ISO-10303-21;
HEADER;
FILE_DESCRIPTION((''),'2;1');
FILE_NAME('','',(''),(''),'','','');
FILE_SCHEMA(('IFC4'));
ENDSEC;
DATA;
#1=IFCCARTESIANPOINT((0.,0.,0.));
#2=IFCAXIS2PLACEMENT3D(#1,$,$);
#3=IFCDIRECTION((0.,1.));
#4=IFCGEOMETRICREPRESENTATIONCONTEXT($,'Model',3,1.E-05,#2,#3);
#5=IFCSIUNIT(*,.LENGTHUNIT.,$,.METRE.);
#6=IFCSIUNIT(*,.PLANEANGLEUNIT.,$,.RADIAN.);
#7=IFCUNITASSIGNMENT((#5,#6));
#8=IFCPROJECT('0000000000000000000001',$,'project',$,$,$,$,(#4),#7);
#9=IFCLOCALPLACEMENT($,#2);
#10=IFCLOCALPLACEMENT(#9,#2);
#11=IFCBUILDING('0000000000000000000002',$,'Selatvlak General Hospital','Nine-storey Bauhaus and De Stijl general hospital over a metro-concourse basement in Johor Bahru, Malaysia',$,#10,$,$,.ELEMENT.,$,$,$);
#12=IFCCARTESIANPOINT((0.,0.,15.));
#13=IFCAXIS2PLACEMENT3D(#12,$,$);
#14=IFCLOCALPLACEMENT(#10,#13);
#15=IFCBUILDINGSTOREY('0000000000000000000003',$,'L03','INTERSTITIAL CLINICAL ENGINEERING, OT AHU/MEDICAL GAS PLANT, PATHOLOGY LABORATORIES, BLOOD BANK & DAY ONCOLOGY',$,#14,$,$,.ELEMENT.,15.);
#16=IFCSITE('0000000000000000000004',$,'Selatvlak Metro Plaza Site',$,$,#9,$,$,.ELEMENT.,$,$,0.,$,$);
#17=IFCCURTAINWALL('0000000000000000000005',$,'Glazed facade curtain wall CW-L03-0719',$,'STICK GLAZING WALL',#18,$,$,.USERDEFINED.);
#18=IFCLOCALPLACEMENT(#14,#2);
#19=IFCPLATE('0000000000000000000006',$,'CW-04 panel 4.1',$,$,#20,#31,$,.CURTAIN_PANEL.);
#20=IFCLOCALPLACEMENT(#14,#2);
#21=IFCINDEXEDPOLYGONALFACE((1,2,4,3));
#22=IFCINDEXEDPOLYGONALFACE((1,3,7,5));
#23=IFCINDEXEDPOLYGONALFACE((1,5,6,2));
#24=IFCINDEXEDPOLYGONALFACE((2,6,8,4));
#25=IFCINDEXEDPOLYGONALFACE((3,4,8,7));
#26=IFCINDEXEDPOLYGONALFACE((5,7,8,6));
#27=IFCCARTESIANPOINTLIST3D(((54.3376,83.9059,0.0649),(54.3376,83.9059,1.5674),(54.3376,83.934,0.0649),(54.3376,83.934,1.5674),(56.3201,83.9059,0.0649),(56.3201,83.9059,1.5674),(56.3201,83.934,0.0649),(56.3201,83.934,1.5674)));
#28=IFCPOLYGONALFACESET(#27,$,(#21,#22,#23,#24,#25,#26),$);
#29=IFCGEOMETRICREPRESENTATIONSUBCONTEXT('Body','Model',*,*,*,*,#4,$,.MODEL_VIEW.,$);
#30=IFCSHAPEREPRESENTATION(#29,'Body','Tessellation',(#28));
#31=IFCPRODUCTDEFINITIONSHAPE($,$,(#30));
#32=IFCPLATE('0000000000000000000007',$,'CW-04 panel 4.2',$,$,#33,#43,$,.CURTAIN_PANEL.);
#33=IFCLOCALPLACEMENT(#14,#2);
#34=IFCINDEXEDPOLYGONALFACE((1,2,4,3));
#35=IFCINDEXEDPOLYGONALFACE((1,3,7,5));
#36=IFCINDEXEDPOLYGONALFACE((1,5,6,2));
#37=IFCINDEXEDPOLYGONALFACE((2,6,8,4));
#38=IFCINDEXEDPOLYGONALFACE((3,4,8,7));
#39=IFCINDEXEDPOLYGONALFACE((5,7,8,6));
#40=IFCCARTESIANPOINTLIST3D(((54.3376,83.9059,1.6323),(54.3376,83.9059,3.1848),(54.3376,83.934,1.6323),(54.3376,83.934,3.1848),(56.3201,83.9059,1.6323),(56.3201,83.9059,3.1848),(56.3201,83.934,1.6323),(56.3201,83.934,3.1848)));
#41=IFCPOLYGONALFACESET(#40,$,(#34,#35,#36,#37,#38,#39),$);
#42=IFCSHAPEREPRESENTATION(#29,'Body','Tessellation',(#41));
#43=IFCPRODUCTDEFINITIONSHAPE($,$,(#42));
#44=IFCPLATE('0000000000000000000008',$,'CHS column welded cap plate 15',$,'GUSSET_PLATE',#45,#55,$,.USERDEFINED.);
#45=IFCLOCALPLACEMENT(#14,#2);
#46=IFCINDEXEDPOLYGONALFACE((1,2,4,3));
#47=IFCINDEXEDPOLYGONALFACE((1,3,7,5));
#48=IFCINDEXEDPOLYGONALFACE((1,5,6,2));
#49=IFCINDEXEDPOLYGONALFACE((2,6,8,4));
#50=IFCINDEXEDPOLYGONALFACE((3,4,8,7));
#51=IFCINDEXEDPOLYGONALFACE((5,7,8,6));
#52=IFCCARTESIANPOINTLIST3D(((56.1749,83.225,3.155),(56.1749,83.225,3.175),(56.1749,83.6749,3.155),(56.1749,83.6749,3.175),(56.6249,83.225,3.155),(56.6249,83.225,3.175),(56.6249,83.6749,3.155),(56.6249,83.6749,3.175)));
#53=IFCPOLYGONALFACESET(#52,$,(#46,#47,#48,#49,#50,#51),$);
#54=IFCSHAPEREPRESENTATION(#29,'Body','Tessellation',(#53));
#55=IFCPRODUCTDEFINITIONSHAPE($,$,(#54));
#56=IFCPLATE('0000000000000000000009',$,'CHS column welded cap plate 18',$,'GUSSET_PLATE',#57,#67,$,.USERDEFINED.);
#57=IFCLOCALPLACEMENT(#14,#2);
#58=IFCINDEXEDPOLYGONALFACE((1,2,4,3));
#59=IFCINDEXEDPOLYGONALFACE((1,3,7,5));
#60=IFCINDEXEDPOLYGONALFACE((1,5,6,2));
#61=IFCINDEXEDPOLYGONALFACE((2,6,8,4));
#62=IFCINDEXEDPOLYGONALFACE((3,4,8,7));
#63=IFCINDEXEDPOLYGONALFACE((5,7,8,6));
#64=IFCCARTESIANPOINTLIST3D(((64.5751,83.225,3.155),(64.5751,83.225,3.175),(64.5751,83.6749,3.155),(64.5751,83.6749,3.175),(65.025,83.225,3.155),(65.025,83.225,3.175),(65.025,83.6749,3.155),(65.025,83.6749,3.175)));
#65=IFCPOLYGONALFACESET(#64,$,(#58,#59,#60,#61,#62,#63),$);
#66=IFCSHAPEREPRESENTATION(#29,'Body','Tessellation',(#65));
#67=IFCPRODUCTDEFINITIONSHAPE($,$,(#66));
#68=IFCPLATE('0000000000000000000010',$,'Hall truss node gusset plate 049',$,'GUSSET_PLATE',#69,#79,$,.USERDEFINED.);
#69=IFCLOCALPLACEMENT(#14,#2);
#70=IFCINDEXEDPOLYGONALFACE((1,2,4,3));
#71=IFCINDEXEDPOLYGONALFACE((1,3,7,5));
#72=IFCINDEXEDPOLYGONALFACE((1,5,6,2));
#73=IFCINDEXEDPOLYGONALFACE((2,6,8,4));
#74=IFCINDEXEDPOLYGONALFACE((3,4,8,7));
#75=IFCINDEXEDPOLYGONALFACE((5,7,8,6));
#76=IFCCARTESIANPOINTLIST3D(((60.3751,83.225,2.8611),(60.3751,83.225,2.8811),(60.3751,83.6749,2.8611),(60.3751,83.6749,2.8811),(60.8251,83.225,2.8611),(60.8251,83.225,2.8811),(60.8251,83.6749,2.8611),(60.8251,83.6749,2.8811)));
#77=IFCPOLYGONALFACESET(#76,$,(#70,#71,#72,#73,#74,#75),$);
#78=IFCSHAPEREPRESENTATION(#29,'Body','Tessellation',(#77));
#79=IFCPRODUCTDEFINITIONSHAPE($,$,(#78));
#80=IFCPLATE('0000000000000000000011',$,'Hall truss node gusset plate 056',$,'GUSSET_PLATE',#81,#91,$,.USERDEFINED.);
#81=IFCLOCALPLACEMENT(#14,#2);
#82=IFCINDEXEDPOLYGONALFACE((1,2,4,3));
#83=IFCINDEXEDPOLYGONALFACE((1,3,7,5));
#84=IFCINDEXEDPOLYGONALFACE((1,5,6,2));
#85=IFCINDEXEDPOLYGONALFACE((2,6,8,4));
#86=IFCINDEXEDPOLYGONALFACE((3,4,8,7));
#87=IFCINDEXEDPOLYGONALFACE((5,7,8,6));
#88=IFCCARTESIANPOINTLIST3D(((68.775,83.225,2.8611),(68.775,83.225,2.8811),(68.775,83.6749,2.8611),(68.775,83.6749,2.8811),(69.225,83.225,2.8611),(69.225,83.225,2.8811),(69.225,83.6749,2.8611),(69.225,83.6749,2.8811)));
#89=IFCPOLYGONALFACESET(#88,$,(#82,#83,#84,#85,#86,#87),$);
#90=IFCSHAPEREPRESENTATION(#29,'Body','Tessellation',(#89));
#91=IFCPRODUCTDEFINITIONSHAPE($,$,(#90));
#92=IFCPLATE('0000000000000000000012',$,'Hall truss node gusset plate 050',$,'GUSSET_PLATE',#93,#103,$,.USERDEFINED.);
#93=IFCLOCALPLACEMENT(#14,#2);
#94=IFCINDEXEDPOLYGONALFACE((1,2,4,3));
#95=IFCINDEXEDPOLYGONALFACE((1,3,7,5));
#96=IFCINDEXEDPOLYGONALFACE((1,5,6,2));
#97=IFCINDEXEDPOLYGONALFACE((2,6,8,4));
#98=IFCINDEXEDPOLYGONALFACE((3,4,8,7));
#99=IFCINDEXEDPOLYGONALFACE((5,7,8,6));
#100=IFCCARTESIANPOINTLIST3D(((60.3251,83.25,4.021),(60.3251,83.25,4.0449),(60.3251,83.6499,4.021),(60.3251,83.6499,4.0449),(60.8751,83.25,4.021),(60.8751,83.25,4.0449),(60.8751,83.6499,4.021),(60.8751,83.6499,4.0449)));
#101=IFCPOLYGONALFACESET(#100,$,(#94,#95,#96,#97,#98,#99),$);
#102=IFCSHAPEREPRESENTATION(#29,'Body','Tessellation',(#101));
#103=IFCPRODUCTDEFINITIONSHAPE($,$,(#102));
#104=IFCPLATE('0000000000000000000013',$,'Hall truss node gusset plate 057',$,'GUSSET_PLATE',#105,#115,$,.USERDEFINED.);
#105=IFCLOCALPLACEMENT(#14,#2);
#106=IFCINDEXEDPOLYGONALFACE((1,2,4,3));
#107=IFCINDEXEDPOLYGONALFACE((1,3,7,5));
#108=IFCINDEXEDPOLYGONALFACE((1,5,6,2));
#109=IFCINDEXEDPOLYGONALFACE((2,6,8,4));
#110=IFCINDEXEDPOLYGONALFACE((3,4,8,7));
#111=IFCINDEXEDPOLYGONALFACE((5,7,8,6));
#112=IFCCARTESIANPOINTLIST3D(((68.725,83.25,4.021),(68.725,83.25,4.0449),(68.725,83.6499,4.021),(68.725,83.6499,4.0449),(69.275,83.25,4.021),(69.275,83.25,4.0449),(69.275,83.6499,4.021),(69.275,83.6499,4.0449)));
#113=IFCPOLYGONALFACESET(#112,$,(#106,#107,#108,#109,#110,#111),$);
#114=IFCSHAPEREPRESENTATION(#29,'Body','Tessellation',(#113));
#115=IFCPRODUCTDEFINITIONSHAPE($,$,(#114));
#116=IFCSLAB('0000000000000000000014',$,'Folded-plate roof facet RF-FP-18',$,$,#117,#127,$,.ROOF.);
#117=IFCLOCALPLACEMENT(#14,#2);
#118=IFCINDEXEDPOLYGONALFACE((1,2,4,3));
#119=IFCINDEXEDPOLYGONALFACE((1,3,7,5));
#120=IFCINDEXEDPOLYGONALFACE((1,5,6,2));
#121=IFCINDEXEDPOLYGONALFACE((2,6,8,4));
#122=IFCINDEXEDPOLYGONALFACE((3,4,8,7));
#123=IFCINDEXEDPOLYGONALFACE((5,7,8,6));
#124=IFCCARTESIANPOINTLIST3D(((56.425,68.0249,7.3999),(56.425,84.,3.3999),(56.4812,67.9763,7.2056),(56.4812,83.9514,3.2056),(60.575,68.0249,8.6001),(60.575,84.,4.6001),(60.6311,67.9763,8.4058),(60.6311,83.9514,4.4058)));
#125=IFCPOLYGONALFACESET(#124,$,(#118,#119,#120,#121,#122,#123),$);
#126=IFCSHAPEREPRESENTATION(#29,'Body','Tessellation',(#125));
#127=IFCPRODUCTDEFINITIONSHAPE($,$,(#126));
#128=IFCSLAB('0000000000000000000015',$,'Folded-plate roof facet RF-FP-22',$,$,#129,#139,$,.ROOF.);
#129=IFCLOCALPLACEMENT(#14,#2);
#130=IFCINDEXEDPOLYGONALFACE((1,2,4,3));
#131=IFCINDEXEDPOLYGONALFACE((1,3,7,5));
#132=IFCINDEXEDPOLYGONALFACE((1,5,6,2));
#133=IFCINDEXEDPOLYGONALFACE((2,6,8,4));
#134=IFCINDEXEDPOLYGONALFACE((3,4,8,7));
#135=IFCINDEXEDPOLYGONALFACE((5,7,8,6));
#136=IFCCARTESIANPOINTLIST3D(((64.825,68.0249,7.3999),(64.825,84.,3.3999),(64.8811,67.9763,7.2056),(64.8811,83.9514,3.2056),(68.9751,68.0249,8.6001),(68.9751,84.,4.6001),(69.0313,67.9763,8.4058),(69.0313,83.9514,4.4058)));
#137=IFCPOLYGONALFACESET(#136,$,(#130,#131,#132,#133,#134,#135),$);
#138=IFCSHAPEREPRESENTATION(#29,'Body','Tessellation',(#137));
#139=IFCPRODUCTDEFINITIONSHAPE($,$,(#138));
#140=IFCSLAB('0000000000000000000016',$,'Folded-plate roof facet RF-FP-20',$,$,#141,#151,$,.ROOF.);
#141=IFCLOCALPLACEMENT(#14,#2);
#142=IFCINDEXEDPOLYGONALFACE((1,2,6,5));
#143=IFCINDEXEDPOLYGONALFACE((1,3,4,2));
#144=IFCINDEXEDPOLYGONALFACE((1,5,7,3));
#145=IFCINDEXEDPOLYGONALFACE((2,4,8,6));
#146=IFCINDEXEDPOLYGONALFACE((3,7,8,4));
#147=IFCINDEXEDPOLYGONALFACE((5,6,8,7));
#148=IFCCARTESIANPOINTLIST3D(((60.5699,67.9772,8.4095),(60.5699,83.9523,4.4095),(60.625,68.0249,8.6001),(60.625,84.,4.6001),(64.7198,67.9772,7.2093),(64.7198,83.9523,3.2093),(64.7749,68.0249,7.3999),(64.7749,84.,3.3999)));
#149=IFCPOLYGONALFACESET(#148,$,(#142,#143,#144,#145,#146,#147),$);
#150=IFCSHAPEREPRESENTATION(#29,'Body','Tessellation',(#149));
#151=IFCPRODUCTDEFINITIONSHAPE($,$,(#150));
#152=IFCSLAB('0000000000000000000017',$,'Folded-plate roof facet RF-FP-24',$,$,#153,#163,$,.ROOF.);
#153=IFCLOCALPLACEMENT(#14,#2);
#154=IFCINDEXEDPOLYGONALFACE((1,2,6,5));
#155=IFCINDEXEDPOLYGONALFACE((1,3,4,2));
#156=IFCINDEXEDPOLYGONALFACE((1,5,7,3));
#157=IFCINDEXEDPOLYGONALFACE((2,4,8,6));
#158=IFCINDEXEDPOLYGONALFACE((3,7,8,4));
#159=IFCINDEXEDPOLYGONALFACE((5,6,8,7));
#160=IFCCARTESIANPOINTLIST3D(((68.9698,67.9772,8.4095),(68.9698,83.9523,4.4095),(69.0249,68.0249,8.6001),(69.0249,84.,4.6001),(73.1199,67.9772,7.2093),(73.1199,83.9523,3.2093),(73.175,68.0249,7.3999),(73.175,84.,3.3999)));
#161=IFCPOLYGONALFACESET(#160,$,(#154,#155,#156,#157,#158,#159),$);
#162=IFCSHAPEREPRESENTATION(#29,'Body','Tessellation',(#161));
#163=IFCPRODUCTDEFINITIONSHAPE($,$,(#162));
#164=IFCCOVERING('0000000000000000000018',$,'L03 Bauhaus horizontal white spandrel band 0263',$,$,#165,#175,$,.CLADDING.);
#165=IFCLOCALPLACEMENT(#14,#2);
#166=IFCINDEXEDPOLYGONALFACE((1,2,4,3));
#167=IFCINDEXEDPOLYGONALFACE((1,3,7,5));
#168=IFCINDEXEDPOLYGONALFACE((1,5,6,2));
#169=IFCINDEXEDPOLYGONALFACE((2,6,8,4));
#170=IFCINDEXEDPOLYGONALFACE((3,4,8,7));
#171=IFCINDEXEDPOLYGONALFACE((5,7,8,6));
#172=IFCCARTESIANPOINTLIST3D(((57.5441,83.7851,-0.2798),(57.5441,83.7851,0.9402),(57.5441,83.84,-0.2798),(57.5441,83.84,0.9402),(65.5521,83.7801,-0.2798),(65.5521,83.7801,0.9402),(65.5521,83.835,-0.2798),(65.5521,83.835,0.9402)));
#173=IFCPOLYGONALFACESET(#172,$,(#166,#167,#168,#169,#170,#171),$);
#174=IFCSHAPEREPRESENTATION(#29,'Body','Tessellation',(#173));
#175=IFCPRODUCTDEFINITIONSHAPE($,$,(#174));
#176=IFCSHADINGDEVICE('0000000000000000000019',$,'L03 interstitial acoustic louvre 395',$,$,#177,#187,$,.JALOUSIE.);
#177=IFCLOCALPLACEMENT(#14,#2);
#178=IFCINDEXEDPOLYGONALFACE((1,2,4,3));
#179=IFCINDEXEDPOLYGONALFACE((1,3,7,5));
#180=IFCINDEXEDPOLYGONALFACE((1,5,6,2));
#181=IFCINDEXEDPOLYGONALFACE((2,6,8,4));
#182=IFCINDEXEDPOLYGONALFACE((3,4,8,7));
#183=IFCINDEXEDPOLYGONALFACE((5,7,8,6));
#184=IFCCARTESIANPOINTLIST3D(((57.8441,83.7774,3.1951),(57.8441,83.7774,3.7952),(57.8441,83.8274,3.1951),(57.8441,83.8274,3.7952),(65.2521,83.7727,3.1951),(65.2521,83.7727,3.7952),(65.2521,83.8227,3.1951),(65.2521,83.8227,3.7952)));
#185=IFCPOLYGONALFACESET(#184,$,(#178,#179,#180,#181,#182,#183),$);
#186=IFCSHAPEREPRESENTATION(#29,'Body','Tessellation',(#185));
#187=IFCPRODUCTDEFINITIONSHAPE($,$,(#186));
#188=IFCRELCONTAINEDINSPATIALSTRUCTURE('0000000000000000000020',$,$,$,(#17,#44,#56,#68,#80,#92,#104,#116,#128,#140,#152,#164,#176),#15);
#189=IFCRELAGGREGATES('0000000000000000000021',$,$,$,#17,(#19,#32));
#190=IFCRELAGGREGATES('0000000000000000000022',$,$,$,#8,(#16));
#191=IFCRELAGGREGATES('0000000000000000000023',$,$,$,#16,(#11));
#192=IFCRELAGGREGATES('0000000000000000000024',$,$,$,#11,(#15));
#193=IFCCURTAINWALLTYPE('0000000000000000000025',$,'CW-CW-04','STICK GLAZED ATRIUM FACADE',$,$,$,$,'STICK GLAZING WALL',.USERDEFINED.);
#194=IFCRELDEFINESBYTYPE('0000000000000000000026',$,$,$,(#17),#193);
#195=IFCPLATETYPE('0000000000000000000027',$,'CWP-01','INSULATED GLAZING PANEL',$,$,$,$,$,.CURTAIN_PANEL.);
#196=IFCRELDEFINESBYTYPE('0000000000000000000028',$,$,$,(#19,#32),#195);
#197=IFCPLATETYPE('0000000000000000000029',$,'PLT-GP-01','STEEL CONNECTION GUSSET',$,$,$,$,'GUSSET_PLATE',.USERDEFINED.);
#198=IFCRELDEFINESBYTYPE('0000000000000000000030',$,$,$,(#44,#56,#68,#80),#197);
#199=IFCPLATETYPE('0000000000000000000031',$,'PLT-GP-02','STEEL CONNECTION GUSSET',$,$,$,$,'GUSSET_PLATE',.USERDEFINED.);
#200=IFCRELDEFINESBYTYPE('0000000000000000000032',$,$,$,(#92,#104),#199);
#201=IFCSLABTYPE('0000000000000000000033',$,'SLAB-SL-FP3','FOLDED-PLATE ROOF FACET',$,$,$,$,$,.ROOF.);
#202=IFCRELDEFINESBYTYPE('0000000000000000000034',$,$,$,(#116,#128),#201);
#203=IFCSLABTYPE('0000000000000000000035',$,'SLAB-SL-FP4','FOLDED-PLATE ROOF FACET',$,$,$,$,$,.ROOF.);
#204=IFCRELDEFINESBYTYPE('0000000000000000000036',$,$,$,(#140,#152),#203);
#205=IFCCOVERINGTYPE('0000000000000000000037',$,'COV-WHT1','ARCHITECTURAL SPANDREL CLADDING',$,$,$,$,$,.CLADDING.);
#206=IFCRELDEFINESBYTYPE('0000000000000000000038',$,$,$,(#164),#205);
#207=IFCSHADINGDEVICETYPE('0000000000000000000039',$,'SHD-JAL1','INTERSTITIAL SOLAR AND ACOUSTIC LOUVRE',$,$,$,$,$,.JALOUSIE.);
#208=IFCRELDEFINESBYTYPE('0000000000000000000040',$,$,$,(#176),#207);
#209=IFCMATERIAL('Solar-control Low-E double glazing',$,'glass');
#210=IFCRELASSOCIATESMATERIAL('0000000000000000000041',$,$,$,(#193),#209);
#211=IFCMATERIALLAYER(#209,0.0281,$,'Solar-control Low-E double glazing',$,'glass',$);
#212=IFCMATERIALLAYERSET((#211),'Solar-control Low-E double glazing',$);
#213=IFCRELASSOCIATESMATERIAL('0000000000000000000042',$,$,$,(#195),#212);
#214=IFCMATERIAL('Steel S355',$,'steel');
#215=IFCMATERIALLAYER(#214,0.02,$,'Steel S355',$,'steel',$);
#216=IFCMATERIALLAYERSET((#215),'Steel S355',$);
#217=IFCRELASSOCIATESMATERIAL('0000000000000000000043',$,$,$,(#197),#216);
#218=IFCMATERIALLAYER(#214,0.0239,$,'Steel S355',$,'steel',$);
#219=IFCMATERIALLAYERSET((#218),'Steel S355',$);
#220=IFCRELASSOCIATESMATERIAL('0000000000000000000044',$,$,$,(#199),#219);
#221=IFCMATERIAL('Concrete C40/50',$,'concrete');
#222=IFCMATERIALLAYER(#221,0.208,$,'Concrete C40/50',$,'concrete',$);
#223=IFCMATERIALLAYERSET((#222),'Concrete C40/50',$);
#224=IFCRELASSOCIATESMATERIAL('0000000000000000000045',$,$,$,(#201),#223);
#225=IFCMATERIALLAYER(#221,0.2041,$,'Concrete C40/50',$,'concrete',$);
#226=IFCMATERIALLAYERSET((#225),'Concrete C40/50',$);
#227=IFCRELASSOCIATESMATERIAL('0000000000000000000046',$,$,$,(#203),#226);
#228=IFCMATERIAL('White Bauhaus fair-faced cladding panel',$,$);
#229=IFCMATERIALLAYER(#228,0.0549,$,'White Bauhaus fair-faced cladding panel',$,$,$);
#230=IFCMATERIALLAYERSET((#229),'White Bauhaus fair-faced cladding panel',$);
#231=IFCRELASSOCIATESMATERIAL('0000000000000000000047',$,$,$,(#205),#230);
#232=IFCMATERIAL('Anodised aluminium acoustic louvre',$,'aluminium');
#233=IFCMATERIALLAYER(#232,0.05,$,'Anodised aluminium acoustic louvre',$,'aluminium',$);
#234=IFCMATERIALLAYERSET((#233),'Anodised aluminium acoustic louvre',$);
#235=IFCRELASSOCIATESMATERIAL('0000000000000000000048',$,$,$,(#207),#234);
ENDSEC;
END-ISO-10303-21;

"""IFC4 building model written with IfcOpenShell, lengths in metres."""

from ifc_helpers import new_model, si_unit, direction, frame, origin, origin_2d, place, context, subcontext, project, spatial, polyline, rectangle, outline, extrude, material, layer, layer_set, type_object, element, aggregate, save


model = new_model("IFC4")

# Units and contexts
model_context = context("Model", 3, precision=1e-05, world=origin(), true_north=direction((0.0, 1.0)))
body_context = subcontext(model_context, "Body", "Model", "MODEL_VIEW")
ifc_project = project(units=[si_unit("LENGTHUNIT", "METRE"), si_unit("PLANEANGLEUNIT", "RADIAN")], contexts=[model_context])

# Site, building, storey
site_placement = place(None, origin())
site = spatial("IfcSite", under=ifc_project, at=site_placement, Name="Selatvlak Metro Plaza Site", CompositionType="ELEMENT", RefElevation=0.0)
building_placement = place(site_placement, origin())
building = spatial("IfcBuilding", under=site, at=building_placement, Name="Selatvlak General Hospital", Description="Nine-storey Bauhaus and De Stijl general hospital over a metro-concourse basement in Johor Bahru, Malaysia", CompositionType="ELEMENT")
storey_placement = place(building_placement, frame((0.0, 0.0, 15.0)))
storey = spatial("IfcBuildingStorey", under=building, at=storey_placement, Name="L03", Description="INTERSTITIAL CLINICAL ENGINEERING, OT AHU/MEDICAL GAS PLANT, PATHOLOGY LABORATORIES, BLOOD BANK & DAY ONCOLOGY", CompositionType="ELEMENT", Elevation=15.0)

# Shared definitions
ifc_material_1 = material(Name="Steel S355", Category="steel")

# Curtain wall
ifc_material_2 = material(Name="Solar-control Low-E double glazing", Category="glass")
curtain_wall_type = type_object("IfcCurtainWallType", Name="CW-CW-04", Description="STICK GLAZED ATRIUM FACADE", ElementType="STICK GLAZING WALL", PredefinedType="USERDEFINED", material=ifc_material_2)
curtain_wall_1_placement = place(storey_placement, origin())
curtain_wall_1 = element("IfcCurtainWall", 1, at=curtain_wall_1_placement, inside=storey, type_object=curtain_wall_type, Name="Glazed facade curtain wall CW-L03-0719", ObjectType="STICK GLAZING WALL", PredefinedType="USERDEFINED")

# Plates
ifc_layer_1 = layer(ifc_material_2, 0.0281, Name="Solar-control Low-E double glazing", Category="glass")
ifc_layer_set_1 = layer_set([ifc_layer_1], Name="Solar-control Low-E double glazing")
plate_type_1 = type_object("IfcPlateType", Name="CWP-01", Description="INSULATED GLAZING PANEL", PredefinedType="CURTAIN_PANEL", material=ifc_layer_set_1)
plate_1_placement = place(storey_placement, frame((55.3289, 83.9199, 0.0649), z_axis=(0.0, 0.0, 1.0), x_axis=(1.0, 0.0, 0.0)))
plate_1 = element("IfcPlate", 2, at=plate_1_placement, type_object=plate_type_1, Name="CW-04 panel 4.1", PredefinedType="CURTAIN_PANEL", context=body_context, shape_type="SweptSolid", body=[
    extrude(rectangle(XDim=1.9824, YDim=0.0281, at=origin_2d()), origin(), (0.0, 0.0, 1.0), 1.5024),
])
plate_2_placement = place(storey_placement, frame((55.3289, 83.9199, 1.6323), z_axis=(0.0, 0.0, 1.0), x_axis=(1.0, 0.0, 0.0)))
plate_2 = element("IfcPlate", 3, at=plate_2_placement, type_object=plate_type_1, Name="CW-04 panel 4.2", PredefinedType="CURTAIN_PANEL", context=body_context, shape_type="SweptSolid", body=[
    extrude(rectangle(XDim=1.9824, YDim=0.0281, at=origin_2d()), origin(), (0.0, 0.0, 1.0), 1.5525),
])
aggregate(curtain_wall_1, [plate_1, plate_2])

# Plates
ifc_layer_2 = layer(ifc_material_1, 0.02, Name="Steel S355", Category="steel")
ifc_layer_set_2 = layer_set([ifc_layer_2], Name="Steel S355")
plate_type_2 = type_object("IfcPlateType", Name="PLT-GP-01", Description="STEEL CONNECTION GUSSET", ElementType="GUSSET_PLATE", PredefinedType="USERDEFINED", material=ifc_layer_set_2)
for number, where, z_axis, x_axis, name in (
    (4, (56.3999, 83.45, 3.155), (0.0, 0.0, 1.0), (1.0, 0.0, 0.0), "CHS column welded cap plate 15"),
    (5, (64.8, 83.45, 3.155), (0.0, 0.0, 1.0), (1.0, 0.0, 0.0), "CHS column welded cap plate 18"),
    (6, (60.6001, 83.45, 2.8611), (0.0, 0.0, 1.0), (1.0, 0.0, 0.0), "Hall truss node gusset plate 049"),
    (7, (69.0, 83.45, 2.8611), (0.0, 0.0, 1.0), (1.0, 0.0, 0.0), "Hall truss node gusset plate 056"),
):
    element("IfcPlate", number, at=place(storey_placement, frame(where, z_axis=z_axis, x_axis=x_axis)), inside=storey, type_object=plate_type_2, Name=name, ObjectType="GUSSET_PLATE", PredefinedType="USERDEFINED", context=body_context, shape_type="SweptSolid", body=[
        extrude(rectangle(XDim=0.45, YDim=0.45, at=origin_2d()), origin(), (0.0, 0.0, 1.0), 0.02),
    ])
ifc_layer_3 = layer(ifc_material_1, 0.0239, Name="Steel S355", Category="steel")
ifc_layer_set_3 = layer_set([ifc_layer_3], Name="Steel S355")
plate_type_3 = type_object("IfcPlateType", Name="PLT-GP-02", Description="STEEL CONNECTION GUSSET", ElementType="GUSSET_PLATE", PredefinedType="USERDEFINED", material=ifc_layer_set_3)
for number, where, z_axis, x_axis, name in (
    (8, (60.6001, 83.45, 4.021), (0.0, 0.0, 1.0), (1.0, 0.0, 0.0), "Hall truss node gusset plate 050"),
    (9, (69.0, 83.45, 4.021), (0.0, 0.0, 1.0), (1.0, 0.0, 0.0), "Hall truss node gusset plate 057"),
):
    element("IfcPlate", number, at=place(storey_placement, frame(where, z_axis=z_axis, x_axis=x_axis)), inside=storey, type_object=plate_type_3, Name=name, ObjectType="GUSSET_PLATE", PredefinedType="USERDEFINED", context=body_context, shape_type="SweptSolid", body=[
        extrude(rectangle(XDim=0.55, YDim=0.3999, at=origin_2d()), origin(), (0.0, 0.0, 1.0), 0.0239),
    ])

# Slabs
ifc_material_3 = material(Name="Concrete C40/50", Category="concrete")
ifc_layer_4 = layer(ifc_material_3, 0.208, Name="Concrete C40/50", Category="concrete")
ifc_layer_set_4 = layer_set([ifc_layer_4], Name="Concrete C40/50")
slab_type_1 = type_object("IfcSlabType", Name="SLAB-SL-FP3", Description="FOLDED-PLATE ROOF FACET", PredefinedType="ROOF", material=ifc_layer_set_4)
slab_1_placement = place(storey_placement, frame((56.425, 68.0249, 7.3999), z_axis=(-0.270121, 0.233862, 0.933993), x_axis=(0.960632, 0.0, 0.277825)))
element("IfcSlab", 10, at=slab_1_placement, inside=storey, type_object=slab_type_1, Name="Folded-plate roof facet RF-FP-18", PredefinedType="ROOF", context=body_context, shape_type="SweptSolid", body=[
    extrude(outline(polyline([(0.0, 0.0), (4.32, 0.0), (3.2087, 16.4307), (-1.1113, 16.4307), (0.0, 0.0)])), origin(), (0.0, 0.0, -1.0), 0.208),
])
slab_2_placement = place(storey_placement, frame((64.825, 68.0249, 7.3999), z_axis=(-0.270106, 0.233863, 0.933997), x_axis=(0.960636, 0.0, 0.27781)))
element("IfcSlab", 11, at=slab_2_placement, inside=storey, type_object=slab_type_1, Name="Folded-plate roof facet RF-FP-22", PredefinedType="ROOF", context=body_context, shape_type="SweptSolid", body=[
    extrude(outline(polyline([(0.0, 0.0), (4.3202, 0.0), (3.209, 16.4307), (-1.1112, 16.4307), (0.0, 0.0)])), origin(), (0.0, 0.0, -1.0), 0.208),
])
ifc_layer_5 = layer(ifc_material_3, 0.2041, Name="Concrete C40/50", Category="concrete")
ifc_layer_set_5 = layer_set([ifc_layer_5], Name="Concrete C40/50")
slab_type_2 = type_object("IfcSlabType", Name="SLAB-SL-FP4", Description="FOLDED-PLATE ROOF FACET", PredefinedType="ROOF", material=ifc_layer_set_5)
slab_3_placement = place(storey_placement, frame((60.625, 68.0249, 8.6001), z_axis=(0.270121, 0.233862, 0.933993), x_axis=(0.960632, 0.0, -0.277825)))
element("IfcSlab", 12, at=slab_3_placement, inside=storey, type_object=slab_type_2, Name="Folded-plate roof facet RF-FP-20", PredefinedType="ROOF", context=body_context, shape_type="SweptSolid", body=[
    extrude(outline(polyline([(0.0, 0.0), (4.32, 0.0), (5.4313, 16.4307), (1.1113, 16.4307), (0.0, 0.0)])), origin(), (0.0, 0.0, -1.0), 0.2041),
])
slab_4_placement = place(storey_placement, frame((69.0249, 68.0249, 8.6001), z_axis=(0.270106, 0.233863, 0.933997), x_axis=(0.960636, 0.0, -0.27781)))
element("IfcSlab", 13, at=slab_4_placement, inside=storey, type_object=slab_type_2, Name="Folded-plate roof facet RF-FP-24", PredefinedType="ROOF", context=body_context, shape_type="SweptSolid", body=[
    extrude(outline(polyline([(0.0, 0.0), (4.3202, 0.0), (5.4314, 16.4307), (1.1112, 16.4307), (0.0, 0.0)])), origin(), (0.0, 0.0, -1.0), 0.2041),
])

# Covering
ifc_material_4 = material(Name="White Bauhaus fair-faced cladding panel")
ifc_layer_6 = layer(ifc_material_4, 0.0549, Name="White Bauhaus fair-faced cladding panel")
ifc_layer_set_6 = layer_set([ifc_layer_6], Name="White Bauhaus fair-faced cladding panel")
covering_type = type_object("IfcCoveringType", Name="COV-WHT1", Description="ARCHITECTURAL SPANDREL CLADDING", PredefinedType="CLADDING", material=ifc_layer_set_6)
covering_placement = place(storey_placement, frame((61.5481, 83.8101, -0.2798), z_axis=(0.0, 0.0, 1.0), x_axis=(-1.0, 0.000628, 0.0)))
element("IfcCovering", 14, at=covering_placement, inside=storey, type_object=covering_type, Name="L03 Bauhaus horizontal white spandrel band 0263", PredefinedType="CLADDING", context=body_context, shape_type="SweptSolid", body=[
    extrude(rectangle(XDim=8.0081, YDim=0.0549, at=origin_2d()), origin(), (0.0, 0.0, 1.0), 1.22),
])

# Shading device
ifc_material_5 = material(Name="Anodised aluminium acoustic louvre", Category="aluminium")
ifc_layer_7 = layer(ifc_material_5, 0.05, Name="Anodised aluminium acoustic louvre", Category="aluminium")
ifc_layer_set_7 = layer_set([ifc_layer_7], Name="Anodised aluminium acoustic louvre")
shading_device_type = type_object("IfcShadingDeviceType", Name="SHD-JAL1", Description="INTERSTITIAL SOLAR AND ACOUSTIC LOUVRE", PredefinedType="JALOUSIE", material=ifc_layer_set_7)
shading_device_placement = place(storey_placement, frame((61.5481, 83.8, 3.1951), z_axis=(0.0, 0.0, 1.0), x_axis=(-1.0, 0.000628, 0.0)))
element("IfcShadingDevice", 15, at=shading_device_placement, inside=storey, type_object=shading_device_type, Name="L03 interstitial acoustic louvre 395", PredefinedType="JALOUSIE", context=body_context, shape_type="SweptSolid", body=[
    extrude(rectangle(XDim=7.408, YDim=0.05, at=origin_2d()), origin(), (0.0, 0.0, 1.0), 0.6001),
])

save(model, "model.ifc")
